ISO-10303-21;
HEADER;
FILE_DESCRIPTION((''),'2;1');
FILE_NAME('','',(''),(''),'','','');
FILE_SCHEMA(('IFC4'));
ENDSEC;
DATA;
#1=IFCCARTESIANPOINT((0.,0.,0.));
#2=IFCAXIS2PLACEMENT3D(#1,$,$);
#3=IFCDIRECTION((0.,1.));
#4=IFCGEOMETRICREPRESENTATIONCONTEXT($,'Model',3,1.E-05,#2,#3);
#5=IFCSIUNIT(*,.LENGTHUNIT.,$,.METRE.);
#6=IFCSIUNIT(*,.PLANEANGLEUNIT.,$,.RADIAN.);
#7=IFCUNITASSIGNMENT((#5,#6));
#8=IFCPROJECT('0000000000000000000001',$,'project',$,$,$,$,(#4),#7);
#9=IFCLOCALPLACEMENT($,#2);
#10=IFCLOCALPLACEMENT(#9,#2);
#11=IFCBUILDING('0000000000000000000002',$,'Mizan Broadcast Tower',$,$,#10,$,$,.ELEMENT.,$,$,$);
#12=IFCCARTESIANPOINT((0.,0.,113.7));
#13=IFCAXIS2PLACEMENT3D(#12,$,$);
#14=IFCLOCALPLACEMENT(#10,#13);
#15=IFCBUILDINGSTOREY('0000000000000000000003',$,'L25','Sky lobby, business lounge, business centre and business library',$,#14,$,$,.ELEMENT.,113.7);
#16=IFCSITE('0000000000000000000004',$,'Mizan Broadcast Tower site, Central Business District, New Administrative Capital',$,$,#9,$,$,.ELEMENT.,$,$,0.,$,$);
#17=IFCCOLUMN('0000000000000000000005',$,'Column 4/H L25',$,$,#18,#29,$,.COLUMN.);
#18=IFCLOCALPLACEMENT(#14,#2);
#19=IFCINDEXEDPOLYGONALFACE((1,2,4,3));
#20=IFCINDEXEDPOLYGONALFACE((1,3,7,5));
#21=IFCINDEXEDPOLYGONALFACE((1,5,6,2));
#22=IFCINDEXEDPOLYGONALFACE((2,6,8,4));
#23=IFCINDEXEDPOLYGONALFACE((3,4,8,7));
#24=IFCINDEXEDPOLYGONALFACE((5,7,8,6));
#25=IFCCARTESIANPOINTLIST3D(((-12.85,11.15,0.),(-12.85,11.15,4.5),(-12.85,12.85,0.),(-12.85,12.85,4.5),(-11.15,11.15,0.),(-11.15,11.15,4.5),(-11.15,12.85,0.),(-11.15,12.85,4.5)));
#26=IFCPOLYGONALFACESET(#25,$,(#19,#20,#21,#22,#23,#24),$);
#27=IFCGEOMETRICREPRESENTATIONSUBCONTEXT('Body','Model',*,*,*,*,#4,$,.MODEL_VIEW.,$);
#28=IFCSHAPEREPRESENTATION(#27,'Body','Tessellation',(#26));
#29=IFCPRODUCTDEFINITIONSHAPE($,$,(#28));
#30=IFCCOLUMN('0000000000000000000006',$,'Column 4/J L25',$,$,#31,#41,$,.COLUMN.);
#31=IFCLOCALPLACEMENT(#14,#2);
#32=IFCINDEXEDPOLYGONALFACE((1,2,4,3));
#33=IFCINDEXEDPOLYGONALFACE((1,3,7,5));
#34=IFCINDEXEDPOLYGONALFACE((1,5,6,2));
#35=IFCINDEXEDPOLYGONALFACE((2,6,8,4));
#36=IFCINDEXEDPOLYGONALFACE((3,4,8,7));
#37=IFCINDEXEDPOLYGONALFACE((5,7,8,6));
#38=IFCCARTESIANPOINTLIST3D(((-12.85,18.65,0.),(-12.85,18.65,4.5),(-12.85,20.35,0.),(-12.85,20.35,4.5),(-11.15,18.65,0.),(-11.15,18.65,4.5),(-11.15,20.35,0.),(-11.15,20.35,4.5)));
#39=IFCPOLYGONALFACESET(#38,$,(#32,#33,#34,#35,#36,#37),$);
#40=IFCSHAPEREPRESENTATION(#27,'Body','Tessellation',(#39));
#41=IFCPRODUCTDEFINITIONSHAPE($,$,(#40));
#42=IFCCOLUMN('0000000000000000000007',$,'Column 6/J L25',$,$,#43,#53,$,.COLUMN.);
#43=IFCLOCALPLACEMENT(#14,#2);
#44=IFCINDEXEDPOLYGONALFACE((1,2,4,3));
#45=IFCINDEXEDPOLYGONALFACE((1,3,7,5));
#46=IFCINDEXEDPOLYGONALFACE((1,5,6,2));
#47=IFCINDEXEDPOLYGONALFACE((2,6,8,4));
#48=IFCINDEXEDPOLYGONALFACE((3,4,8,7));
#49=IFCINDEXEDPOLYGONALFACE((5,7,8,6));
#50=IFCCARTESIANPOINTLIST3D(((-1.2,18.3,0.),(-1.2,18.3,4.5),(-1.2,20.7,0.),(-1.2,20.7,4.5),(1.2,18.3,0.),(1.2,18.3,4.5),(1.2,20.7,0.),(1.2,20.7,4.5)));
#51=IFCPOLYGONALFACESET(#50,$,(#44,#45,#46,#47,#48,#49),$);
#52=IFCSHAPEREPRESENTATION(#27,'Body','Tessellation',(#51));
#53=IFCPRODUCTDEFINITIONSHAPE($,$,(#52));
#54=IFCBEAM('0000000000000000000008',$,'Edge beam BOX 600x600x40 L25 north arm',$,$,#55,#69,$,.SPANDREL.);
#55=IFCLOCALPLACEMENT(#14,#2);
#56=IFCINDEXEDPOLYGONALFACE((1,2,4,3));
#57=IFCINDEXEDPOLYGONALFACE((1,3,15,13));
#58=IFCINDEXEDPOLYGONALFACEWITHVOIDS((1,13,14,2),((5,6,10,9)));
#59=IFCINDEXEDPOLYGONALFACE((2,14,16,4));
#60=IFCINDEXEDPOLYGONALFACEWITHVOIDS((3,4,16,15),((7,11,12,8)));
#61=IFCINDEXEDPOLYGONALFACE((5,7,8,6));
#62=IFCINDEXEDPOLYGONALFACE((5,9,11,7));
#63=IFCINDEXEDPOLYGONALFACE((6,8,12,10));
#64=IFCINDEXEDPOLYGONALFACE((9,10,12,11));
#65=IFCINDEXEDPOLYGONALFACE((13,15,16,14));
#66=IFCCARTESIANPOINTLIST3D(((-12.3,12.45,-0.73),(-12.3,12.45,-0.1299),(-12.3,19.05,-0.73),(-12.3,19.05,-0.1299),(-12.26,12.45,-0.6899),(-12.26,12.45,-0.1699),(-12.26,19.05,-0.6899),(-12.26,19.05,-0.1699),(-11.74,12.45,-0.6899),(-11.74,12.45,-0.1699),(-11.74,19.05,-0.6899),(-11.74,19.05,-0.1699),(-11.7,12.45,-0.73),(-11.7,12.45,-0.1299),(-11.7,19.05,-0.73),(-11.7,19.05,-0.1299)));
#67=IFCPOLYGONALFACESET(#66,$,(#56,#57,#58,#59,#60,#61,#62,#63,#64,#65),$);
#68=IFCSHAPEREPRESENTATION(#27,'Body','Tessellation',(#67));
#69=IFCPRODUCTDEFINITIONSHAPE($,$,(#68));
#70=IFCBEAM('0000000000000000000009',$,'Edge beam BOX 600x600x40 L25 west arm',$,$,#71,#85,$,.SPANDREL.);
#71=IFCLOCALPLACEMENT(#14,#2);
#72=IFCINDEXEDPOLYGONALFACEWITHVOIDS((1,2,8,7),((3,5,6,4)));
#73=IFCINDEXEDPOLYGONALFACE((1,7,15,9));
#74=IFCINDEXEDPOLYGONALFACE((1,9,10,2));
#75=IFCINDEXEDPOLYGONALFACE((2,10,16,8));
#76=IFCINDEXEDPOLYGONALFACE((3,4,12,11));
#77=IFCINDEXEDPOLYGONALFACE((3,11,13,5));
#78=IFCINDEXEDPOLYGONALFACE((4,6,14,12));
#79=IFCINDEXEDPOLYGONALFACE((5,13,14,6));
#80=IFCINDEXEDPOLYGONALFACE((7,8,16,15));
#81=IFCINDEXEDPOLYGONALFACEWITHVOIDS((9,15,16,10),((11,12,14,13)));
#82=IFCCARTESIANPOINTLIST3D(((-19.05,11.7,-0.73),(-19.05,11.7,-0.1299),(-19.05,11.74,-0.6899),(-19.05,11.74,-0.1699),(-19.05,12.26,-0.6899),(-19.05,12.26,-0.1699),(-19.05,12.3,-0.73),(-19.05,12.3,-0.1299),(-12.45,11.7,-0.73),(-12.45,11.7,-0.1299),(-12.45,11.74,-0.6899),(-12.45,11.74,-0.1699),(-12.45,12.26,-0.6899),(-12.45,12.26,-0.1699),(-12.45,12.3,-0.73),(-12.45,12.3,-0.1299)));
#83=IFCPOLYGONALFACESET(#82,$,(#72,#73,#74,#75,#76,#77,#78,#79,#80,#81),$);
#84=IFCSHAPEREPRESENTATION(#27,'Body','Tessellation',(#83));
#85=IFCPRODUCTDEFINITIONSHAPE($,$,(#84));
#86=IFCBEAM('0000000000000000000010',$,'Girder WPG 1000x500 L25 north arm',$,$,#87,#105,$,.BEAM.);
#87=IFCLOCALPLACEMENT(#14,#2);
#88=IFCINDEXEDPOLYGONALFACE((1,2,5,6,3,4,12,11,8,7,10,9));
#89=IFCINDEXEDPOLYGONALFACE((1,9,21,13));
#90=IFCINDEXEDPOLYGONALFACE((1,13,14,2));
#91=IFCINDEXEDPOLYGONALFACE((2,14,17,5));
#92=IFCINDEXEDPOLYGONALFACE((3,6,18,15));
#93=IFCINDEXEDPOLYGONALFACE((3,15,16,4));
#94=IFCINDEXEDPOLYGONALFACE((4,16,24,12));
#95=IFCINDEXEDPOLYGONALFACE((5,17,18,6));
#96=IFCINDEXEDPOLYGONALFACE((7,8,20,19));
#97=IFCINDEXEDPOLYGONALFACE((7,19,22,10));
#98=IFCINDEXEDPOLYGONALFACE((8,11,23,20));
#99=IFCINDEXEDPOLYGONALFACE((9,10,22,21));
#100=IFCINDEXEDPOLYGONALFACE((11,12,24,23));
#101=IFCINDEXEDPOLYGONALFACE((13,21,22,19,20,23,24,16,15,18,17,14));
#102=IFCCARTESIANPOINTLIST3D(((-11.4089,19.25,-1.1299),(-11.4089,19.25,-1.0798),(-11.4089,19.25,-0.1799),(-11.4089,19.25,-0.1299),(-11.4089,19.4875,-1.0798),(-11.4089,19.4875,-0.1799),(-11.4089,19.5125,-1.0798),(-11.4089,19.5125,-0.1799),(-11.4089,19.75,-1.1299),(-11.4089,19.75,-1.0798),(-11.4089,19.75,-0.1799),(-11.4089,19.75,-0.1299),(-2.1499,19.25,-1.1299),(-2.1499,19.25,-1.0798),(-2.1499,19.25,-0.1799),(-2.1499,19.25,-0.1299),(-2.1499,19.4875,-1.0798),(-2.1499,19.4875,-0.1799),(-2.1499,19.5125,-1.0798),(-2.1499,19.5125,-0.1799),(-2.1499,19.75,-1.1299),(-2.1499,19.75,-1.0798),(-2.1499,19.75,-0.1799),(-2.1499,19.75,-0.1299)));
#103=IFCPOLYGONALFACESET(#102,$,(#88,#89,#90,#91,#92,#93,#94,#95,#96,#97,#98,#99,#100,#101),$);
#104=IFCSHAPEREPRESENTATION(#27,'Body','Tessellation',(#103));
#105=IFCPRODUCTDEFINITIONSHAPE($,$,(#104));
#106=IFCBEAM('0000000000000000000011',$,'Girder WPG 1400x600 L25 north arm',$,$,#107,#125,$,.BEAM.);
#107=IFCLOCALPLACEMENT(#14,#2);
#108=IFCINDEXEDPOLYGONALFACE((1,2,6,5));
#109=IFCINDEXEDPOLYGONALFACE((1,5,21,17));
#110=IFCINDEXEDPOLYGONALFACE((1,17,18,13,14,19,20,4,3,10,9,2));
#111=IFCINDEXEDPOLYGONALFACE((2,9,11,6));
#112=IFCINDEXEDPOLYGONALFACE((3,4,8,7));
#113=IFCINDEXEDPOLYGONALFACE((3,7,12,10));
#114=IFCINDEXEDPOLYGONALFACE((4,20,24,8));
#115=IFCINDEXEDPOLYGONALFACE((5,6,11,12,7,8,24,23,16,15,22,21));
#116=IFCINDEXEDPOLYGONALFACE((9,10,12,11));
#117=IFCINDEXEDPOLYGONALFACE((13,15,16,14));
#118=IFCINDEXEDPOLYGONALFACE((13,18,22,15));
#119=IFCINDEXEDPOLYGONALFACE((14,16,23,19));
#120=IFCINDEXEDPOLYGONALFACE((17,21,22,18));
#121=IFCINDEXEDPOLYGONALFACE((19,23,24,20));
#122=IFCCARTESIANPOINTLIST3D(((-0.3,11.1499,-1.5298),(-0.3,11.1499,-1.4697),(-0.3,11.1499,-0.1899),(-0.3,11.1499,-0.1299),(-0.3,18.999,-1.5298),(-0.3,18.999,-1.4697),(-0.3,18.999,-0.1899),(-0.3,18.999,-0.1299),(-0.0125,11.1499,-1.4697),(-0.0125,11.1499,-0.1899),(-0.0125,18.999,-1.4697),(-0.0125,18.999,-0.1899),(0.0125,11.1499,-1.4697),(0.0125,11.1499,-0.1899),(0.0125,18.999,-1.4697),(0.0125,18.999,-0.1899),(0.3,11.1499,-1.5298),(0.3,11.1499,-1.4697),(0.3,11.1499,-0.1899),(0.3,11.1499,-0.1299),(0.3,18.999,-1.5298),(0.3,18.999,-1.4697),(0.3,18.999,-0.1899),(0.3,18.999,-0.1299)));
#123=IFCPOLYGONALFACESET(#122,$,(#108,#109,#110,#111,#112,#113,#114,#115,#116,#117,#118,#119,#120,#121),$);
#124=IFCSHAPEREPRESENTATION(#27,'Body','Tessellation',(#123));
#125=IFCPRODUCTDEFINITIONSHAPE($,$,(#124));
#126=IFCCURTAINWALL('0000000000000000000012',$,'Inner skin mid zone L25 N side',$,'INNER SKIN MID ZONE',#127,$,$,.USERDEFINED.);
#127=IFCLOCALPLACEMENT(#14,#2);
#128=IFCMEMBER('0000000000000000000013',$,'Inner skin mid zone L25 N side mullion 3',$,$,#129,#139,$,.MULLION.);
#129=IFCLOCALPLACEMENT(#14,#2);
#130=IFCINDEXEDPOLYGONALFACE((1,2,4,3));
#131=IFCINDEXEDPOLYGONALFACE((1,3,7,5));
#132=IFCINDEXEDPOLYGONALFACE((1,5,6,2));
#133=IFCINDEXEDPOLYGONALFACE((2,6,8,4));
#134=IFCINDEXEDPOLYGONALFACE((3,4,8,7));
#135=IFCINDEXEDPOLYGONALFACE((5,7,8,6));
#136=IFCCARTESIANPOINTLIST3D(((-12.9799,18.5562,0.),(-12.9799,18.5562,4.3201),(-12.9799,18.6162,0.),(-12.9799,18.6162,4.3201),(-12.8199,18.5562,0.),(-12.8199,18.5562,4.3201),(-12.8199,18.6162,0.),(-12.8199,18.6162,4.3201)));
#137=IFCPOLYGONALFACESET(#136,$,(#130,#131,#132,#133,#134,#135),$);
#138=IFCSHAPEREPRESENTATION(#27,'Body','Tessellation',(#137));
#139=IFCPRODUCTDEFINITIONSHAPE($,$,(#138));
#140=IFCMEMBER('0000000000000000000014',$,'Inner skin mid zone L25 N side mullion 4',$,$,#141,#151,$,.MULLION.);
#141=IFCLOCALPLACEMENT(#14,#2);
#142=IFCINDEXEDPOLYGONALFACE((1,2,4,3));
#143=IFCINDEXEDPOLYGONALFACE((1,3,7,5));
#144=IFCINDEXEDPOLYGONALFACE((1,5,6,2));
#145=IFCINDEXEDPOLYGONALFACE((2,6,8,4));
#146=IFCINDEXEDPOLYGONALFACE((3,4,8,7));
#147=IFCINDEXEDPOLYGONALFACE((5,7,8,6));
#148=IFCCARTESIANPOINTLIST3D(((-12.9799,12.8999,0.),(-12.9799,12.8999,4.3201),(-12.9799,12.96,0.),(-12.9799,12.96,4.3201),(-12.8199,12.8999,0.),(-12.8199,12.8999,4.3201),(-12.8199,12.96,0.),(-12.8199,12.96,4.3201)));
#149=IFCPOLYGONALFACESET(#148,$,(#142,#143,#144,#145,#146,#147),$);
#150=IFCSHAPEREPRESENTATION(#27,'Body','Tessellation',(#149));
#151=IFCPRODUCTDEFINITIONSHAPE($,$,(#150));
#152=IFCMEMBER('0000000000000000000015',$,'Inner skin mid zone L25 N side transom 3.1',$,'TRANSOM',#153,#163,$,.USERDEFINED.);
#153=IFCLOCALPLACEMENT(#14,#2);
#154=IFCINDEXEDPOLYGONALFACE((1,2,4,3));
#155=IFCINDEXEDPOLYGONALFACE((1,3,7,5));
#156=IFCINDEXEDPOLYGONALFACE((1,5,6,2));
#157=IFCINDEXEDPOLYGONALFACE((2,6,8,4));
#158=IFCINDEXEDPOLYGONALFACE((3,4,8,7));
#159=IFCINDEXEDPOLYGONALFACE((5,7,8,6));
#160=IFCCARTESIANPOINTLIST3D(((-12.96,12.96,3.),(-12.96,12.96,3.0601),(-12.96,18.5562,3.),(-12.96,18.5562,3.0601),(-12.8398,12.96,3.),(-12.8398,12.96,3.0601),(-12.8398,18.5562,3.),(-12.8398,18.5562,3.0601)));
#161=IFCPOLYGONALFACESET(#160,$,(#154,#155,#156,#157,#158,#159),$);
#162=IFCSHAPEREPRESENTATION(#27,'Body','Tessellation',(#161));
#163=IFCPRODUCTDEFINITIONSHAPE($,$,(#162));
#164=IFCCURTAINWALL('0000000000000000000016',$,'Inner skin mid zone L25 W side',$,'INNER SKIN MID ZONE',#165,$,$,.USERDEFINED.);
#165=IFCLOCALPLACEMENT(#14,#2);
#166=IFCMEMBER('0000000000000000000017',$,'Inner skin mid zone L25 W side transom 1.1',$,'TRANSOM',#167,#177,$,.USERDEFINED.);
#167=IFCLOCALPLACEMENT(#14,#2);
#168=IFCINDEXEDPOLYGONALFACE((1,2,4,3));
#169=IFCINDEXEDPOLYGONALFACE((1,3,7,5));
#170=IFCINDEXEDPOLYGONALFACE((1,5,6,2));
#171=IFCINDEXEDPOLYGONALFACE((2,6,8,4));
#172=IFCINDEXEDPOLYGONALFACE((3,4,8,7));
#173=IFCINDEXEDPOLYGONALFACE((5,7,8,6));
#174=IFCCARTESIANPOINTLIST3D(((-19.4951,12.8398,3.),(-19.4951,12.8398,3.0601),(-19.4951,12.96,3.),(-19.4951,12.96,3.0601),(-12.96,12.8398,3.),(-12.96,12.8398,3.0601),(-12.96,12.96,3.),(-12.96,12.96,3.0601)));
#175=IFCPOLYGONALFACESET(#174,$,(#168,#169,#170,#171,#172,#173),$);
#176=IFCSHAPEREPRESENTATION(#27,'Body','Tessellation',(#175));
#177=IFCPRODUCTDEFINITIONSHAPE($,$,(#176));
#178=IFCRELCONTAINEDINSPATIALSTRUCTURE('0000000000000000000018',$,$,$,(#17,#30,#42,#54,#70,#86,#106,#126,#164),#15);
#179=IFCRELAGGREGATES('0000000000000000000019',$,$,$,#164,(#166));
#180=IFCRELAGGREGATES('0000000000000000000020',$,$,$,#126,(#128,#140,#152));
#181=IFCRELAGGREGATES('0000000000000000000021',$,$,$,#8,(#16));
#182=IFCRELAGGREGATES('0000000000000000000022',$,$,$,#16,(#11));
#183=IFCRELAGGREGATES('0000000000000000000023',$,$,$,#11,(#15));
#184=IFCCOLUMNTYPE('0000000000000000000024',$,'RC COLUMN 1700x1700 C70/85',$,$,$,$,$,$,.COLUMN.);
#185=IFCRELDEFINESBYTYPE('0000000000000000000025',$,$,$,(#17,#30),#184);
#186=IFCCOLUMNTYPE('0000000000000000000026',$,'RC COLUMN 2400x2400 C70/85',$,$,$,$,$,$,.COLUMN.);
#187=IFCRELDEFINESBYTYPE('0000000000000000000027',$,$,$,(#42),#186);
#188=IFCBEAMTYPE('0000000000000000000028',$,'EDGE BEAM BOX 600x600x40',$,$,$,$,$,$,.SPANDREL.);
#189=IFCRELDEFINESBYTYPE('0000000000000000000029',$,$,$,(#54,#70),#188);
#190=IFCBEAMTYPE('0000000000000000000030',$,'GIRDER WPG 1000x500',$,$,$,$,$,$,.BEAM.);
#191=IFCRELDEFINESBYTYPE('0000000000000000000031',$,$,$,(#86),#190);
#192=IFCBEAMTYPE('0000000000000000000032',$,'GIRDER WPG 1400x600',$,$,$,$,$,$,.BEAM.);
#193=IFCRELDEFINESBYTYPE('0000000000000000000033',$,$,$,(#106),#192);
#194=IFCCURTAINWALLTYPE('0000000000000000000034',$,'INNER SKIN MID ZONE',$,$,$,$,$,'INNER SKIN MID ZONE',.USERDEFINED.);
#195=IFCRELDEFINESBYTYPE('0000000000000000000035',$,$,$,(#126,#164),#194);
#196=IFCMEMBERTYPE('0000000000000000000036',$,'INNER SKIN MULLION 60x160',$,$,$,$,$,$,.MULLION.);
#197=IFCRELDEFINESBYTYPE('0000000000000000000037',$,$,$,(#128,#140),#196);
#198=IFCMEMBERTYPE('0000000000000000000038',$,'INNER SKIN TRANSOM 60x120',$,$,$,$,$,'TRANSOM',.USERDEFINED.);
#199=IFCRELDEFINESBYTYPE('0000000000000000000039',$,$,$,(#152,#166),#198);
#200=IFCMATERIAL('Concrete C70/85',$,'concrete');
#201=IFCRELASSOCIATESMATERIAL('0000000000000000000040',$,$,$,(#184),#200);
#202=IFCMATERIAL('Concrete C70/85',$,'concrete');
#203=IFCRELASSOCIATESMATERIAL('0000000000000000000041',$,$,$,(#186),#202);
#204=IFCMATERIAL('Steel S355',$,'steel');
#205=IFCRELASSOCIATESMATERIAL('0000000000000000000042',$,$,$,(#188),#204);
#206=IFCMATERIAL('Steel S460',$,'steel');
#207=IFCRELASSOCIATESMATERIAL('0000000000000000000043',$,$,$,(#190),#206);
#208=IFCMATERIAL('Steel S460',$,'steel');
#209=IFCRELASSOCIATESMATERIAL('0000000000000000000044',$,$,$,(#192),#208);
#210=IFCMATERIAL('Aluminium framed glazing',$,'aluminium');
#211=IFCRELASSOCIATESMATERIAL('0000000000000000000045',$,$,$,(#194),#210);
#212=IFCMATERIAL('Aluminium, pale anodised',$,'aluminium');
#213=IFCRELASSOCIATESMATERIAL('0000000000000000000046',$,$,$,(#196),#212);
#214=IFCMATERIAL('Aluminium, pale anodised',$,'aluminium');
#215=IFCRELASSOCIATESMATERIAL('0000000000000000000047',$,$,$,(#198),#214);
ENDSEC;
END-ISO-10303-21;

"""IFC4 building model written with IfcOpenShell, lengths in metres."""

from ifc_helpers import new_model, si_unit, direction, frame, origin, origin_2d, place, context, subcontext, project, spatial, rectangle, hollow_rectangle, i_section, extrude, material, material_profile, profile_set, type_object, element, aggregate, save


model = new_model("IFC4")

# Units and contexts
model_context = context("Model", 3, precision=1e-05, world=origin(), true_north=direction((0.0, 1.0)))
body_context = subcontext(model_context, "Body", "Model", "MODEL_VIEW")
ifc_project = project(units=[si_unit("LENGTHUNIT", "METRE"), si_unit("PLANEANGLEUNIT", "RADIAN")], contexts=[model_context])

# Site, building, storey
site_placement = place(None, origin())
site = spatial("IfcSite", under=ifc_project, at=site_placement, Name="Mizan Broadcast Tower site, Central Business District, New Administrative Capital", CompositionType="ELEMENT", RefElevation=0.0)
building_placement = place(site_placement, origin())
building = spatial("IfcBuilding", under=site, at=building_placement, Name="Mizan Broadcast Tower", CompositionType="ELEMENT")
storey_placement = place(building_placement, frame((0.0, 0.0, 113.7)))
storey = spatial("IfcBuildingStorey", under=building, at=storey_placement, Name="L25", Description="Sky lobby, business lounge, business centre and business library", CompositionType="ELEMENT", Elevation=113.7)

# Columns
ifc_material_1 = material(Name="Concrete C70/85", Category="concrete")
ifc_material_profile_1 = material_profile(ifc_material_1, rectangle(XDim=1.7, YDim=1.7, at=origin_2d()), Name="RC 1700x1700")
ifc_profile_set_1 = profile_set([ifc_material_profile_1], Name="Concrete C70/85")
column_type_1 = type_object("IfcColumnType", Name="RC COLUMN 1700x1700 C70/85", PredefinedType="COLUMN", material=ifc_profile_set_1)
for number, where, z_axis, x_axis, name in (
    (1, (-12.0, 12.0, 0.0), (0.0, 0.0, 1.0), (1.0, 0.0, 0.0), "Column 4/H L25"),
    (2, (-12.0, 19.5, 0.0), (0.0, 0.0, 1.0), (1.0, 0.0, 0.0), "Column 4/J L25"),
):
    element("IfcColumn", number, at=place(storey_placement, frame(where, z_axis=z_axis, x_axis=x_axis)), inside=storey, type_object=column_type_1, Name=name, PredefinedType="COLUMN", context=body_context, shape_type="SweptSolid", body=[
        extrude(rectangle(XDim=1.7, YDim=1.7, at=origin_2d()), origin(), (0.0, 0.0, 1.0), 4.5),
    ])
ifc_material_2 = material(Name="Concrete C70/85", Category="concrete")
ifc_material_profile_2 = material_profile(ifc_material_2, rectangle(XDim=2.3999, YDim=2.3999, at=origin_2d()), Name="RC 2400x2400")
ifc_profile_set_2 = profile_set([ifc_material_profile_2], Name="Concrete C70/85")
column_type_2 = type_object("IfcColumnType", Name="RC COLUMN 2400x2400 C70/85", PredefinedType="COLUMN", material=ifc_profile_set_2)
column_placement = place(storey_placement, frame((0.0, 19.5, 0.0), z_axis=(0.0, 0.0, 1.0), x_axis=(1.0, 0.0, 0.0)))
element("IfcColumn", 3, at=column_placement, inside=storey, type_object=column_type_2, Name="Column 6/J L25", PredefinedType="COLUMN", context=body_context, shape_type="SweptSolid", body=[
    extrude(rectangle(XDim=2.3999, YDim=2.3999, at=origin_2d()), origin(), (0.0, 0.0, 1.0), 4.5),
])

# Beams
ifc_material_3 = material(Name="Steel S355", Category="steel")
ifc_material_profile_3 = material_profile(ifc_material_3, hollow_rectangle(XDim=0.6001, YDim=0.6001, WallThickness=0.04, at=origin_2d()), Name="BOX 600x600x40")
ifc_profile_set_3 = profile_set([ifc_material_profile_3], Name="Steel S355")
beam_type_1 = type_object("IfcBeamType", Name="EDGE BEAM BOX 600x600x40", PredefinedType="SPANDREL", material=ifc_profile_set_3)
for number, where, z_axis, x_axis, name in (
    (4, (-12.0, 12.45, -0.4299), (0.0, 1.0, 0.0), (-1.0, 0.0, 0.0), "Edge beam BOX 600x600x40 L25 north arm"),
    (5, (-12.45, 12.0, -0.4299), (-1.0, 0.0, 0.0), (0.0, -1.0, 0.0), "Edge beam BOX 600x600x40 L25 west arm"),
):
    element("IfcBeam", number, at=place(storey_placement, frame(where, z_axis=z_axis, x_axis=x_axis)), inside=storey, type_object=beam_type_1, Name=name, PredefinedType="SPANDREL", context=body_context, shape_type="SweptSolid", body=[
        extrude(hollow_rectangle(XDim=0.6001, YDim=0.6001, WallThickness=0.04, at=origin_2d()), origin(), (0.0, 0.0, 1.0), 6.6001),
    ])
ifc_material_4 = material(Name="Steel S460", Category="steel")
ifc_material_profile_4 = material_profile(ifc_material_4, i_section(OverallWidth=0.5, OverallDepth=1.0, WebThickness=0.0249, FlangeThickness=0.05, at=origin_2d()), Name="WPG 1000x500")
ifc_profile_set_4 = profile_set([ifc_material_profile_4], Name="Steel S460")
beam_type_2 = type_object("IfcBeamType", Name="GIRDER WPG 1000x500", PredefinedType="BEAM", material=ifc_profile_set_4)
beam_1_placement = place(storey_placement, frame((-11.4089, 19.5, -0.6299), z_axis=(1.0, 0.0, 0.0), x_axis=(0.0, 1.0, 0.0)))
element("IfcBeam", 6, at=beam_1_placement, inside=storey, type_object=beam_type_2, Name="Girder WPG 1000x500 L25 north arm", PredefinedType="BEAM", context=body_context, shape_type="SweptSolid", body=[
    extrude(i_section(OverallWidth=0.5, OverallDepth=1.0, WebThickness=0.0249, FlangeThickness=0.05, at=origin_2d()), origin(), (0.0, 0.0, 1.0), 9.259),
])
ifc_material_5 = material(Name="Steel S460", Category="steel")
ifc_material_profile_5 = material_profile(ifc_material_5, i_section(OverallWidth=0.6001, OverallDepth=1.3999, WebThickness=0.0249, FlangeThickness=0.0601, at=origin_2d()), Name="WPG 1400x600")
ifc_profile_set_5 = profile_set([ifc_material_profile_5], Name="Steel S460")
beam_type_3 = type_object("IfcBeamType", Name="GIRDER WPG 1400x600", PredefinedType="BEAM", material=ifc_profile_set_5)
beam_2_placement = place(storey_placement, frame((0.0, 11.1499, -0.8298), z_axis=(0.0, 1.0, 0.0), x_axis=(-1.0, 0.0, 0.0)))
element("IfcBeam", 7, at=beam_2_placement, inside=storey, type_object=beam_type_3, Name="Girder WPG 1400x600 L25 north arm", PredefinedType="BEAM", context=body_context, shape_type="SweptSolid", body=[
    extrude(i_section(OverallWidth=0.6001, OverallDepth=1.3999, WebThickness=0.0249, FlangeThickness=0.0601, at=origin_2d()), origin(), (0.0, 0.0, 1.0), 7.8491),
])

# Curtain wall, members
ifc_material_6 = material(Name="Aluminium framed glazing", Category="aluminium")
curtain_wall_type = type_object("IfcCurtainWallType", Name="INNER SKIN MID ZONE", ElementType="INNER SKIN MID ZONE", PredefinedType="USERDEFINED", material=ifc_material_6)
curtain_wall_1_placement = place(storey_placement, origin())
curtain_wall_1 = element("IfcCurtainWall", 8, at=curtain_wall_1_placement, inside=storey, type_object=curtain_wall_type, Name="Inner skin mid zone L25 N side", ObjectType="INNER SKIN MID ZONE", PredefinedType="USERDEFINED")
ifc_material_7 = material(Name="Aluminium, pale anodised", Category="aluminium")
ifc_material_profile_6 = material_profile(ifc_material_7, rectangle(XDim=0.1599, YDim=0.0601, at=origin_2d()), Name="MULLION 160x60")
ifc_profile_set_6 = profile_set([ifc_material_profile_6], Name="Aluminium, pale anodised")
member_type_1 = type_object("IfcMemberType", Name="INNER SKIN MULLION 60x160", PredefinedType="MULLION", material=ifc_profile_set_6)
member_1_placement = place(storey_placement, frame((-12.8999, 18.5862, 0.0), z_axis=(0.0, 0.0, 1.0), x_axis=(1.0, 0.0, 0.0)))
member_1 = element("IfcMember", 9, at=member_1_placement, type_object=member_type_1, Name="Inner skin mid zone L25 N side mullion 3", PredefinedType="MULLION", context=body_context, shape_type="SweptSolid", body=[
    extrude(rectangle(XDim=0.1599, YDim=0.0601, at=origin_2d()), origin(), (0.0, 0.0, 1.0), 4.3201),
])
member_2_placement = place(storey_placement, frame((-12.8999, 12.9299, 0.0), z_axis=(0.0, 0.0, 1.0), x_axis=(1.0, 0.0, 0.0)))
member_2 = element("IfcMember", 10, at=member_2_placement, type_object=member_type_1, Name="Inner skin mid zone L25 N side mullion 4", PredefinedType="MULLION", context=body_context, shape_type="SweptSolid", body=[
    extrude(rectangle(XDim=0.1599, YDim=0.0601, at=origin_2d()), origin(), (0.0, 0.0, 1.0), 4.3201),
])
ifc_material_8 = material(Name="Aluminium, pale anodised", Category="aluminium")
ifc_material_profile_7 = material_profile(ifc_material_8, rectangle(XDim=0.1201, YDim=0.0601, at=origin_2d()), Name="TRANSOM 120x60")
ifc_profile_set_7 = profile_set([ifc_material_profile_7], Name="Aluminium, pale anodised")
member_type_2 = type_object("IfcMemberType", Name="INNER SKIN TRANSOM 60x120", ElementType="TRANSOM", PredefinedType="USERDEFINED", material=ifc_profile_set_7)
member_3_placement = place(storey_placement, frame((-12.8999, 18.5562, 3.03), z_axis=(0.0, -1.0, 0.0), x_axis=(1.0, 0.0, 0.0)))
member_3 = element("IfcMember", 11, at=member_3_placement, type_object=member_type_2, Name="Inner skin mid zone L25 N side transom 3.1", ObjectType="TRANSOM", PredefinedType="USERDEFINED", context=body_context, shape_type="SweptSolid", body=[
    extrude(rectangle(XDim=0.1201, YDim=0.0601, at=origin_2d()), origin(), (0.0, 0.0, 1.0), 5.5962),
])

# Curtain wall, member
curtain_wall_2_placement = place(storey_placement, origin())
curtain_wall_2 = element("IfcCurtainWall", 12, at=curtain_wall_2_placement, inside=storey, type_object=curtain_wall_type, Name="Inner skin mid zone L25 W side", ObjectType="INNER SKIN MID ZONE", PredefinedType="USERDEFINED")
member_4_placement = place(storey_placement, frame((-12.96, 12.8999, 3.03), z_axis=(-1.0, 0.0, 0.0), x_axis=(0.0, -1.0, 0.0)))
member_4 = element("IfcMember", 13, at=member_4_placement, type_object=member_type_2, Name="Inner skin mid zone L25 W side transom 1.1", ObjectType="TRANSOM", PredefinedType="USERDEFINED", context=body_context, shape_type="SweptSolid", body=[
    extrude(rectangle(XDim=0.1201, YDim=0.0601, at=origin_2d()), origin(), (0.0, 0.0, 1.0), 6.5352),
])
aggregate(curtain_wall_2, [member_4])

aggregate(curtain_wall_1, [member_1, member_2, member_3])

save(model, "model.ifc")
